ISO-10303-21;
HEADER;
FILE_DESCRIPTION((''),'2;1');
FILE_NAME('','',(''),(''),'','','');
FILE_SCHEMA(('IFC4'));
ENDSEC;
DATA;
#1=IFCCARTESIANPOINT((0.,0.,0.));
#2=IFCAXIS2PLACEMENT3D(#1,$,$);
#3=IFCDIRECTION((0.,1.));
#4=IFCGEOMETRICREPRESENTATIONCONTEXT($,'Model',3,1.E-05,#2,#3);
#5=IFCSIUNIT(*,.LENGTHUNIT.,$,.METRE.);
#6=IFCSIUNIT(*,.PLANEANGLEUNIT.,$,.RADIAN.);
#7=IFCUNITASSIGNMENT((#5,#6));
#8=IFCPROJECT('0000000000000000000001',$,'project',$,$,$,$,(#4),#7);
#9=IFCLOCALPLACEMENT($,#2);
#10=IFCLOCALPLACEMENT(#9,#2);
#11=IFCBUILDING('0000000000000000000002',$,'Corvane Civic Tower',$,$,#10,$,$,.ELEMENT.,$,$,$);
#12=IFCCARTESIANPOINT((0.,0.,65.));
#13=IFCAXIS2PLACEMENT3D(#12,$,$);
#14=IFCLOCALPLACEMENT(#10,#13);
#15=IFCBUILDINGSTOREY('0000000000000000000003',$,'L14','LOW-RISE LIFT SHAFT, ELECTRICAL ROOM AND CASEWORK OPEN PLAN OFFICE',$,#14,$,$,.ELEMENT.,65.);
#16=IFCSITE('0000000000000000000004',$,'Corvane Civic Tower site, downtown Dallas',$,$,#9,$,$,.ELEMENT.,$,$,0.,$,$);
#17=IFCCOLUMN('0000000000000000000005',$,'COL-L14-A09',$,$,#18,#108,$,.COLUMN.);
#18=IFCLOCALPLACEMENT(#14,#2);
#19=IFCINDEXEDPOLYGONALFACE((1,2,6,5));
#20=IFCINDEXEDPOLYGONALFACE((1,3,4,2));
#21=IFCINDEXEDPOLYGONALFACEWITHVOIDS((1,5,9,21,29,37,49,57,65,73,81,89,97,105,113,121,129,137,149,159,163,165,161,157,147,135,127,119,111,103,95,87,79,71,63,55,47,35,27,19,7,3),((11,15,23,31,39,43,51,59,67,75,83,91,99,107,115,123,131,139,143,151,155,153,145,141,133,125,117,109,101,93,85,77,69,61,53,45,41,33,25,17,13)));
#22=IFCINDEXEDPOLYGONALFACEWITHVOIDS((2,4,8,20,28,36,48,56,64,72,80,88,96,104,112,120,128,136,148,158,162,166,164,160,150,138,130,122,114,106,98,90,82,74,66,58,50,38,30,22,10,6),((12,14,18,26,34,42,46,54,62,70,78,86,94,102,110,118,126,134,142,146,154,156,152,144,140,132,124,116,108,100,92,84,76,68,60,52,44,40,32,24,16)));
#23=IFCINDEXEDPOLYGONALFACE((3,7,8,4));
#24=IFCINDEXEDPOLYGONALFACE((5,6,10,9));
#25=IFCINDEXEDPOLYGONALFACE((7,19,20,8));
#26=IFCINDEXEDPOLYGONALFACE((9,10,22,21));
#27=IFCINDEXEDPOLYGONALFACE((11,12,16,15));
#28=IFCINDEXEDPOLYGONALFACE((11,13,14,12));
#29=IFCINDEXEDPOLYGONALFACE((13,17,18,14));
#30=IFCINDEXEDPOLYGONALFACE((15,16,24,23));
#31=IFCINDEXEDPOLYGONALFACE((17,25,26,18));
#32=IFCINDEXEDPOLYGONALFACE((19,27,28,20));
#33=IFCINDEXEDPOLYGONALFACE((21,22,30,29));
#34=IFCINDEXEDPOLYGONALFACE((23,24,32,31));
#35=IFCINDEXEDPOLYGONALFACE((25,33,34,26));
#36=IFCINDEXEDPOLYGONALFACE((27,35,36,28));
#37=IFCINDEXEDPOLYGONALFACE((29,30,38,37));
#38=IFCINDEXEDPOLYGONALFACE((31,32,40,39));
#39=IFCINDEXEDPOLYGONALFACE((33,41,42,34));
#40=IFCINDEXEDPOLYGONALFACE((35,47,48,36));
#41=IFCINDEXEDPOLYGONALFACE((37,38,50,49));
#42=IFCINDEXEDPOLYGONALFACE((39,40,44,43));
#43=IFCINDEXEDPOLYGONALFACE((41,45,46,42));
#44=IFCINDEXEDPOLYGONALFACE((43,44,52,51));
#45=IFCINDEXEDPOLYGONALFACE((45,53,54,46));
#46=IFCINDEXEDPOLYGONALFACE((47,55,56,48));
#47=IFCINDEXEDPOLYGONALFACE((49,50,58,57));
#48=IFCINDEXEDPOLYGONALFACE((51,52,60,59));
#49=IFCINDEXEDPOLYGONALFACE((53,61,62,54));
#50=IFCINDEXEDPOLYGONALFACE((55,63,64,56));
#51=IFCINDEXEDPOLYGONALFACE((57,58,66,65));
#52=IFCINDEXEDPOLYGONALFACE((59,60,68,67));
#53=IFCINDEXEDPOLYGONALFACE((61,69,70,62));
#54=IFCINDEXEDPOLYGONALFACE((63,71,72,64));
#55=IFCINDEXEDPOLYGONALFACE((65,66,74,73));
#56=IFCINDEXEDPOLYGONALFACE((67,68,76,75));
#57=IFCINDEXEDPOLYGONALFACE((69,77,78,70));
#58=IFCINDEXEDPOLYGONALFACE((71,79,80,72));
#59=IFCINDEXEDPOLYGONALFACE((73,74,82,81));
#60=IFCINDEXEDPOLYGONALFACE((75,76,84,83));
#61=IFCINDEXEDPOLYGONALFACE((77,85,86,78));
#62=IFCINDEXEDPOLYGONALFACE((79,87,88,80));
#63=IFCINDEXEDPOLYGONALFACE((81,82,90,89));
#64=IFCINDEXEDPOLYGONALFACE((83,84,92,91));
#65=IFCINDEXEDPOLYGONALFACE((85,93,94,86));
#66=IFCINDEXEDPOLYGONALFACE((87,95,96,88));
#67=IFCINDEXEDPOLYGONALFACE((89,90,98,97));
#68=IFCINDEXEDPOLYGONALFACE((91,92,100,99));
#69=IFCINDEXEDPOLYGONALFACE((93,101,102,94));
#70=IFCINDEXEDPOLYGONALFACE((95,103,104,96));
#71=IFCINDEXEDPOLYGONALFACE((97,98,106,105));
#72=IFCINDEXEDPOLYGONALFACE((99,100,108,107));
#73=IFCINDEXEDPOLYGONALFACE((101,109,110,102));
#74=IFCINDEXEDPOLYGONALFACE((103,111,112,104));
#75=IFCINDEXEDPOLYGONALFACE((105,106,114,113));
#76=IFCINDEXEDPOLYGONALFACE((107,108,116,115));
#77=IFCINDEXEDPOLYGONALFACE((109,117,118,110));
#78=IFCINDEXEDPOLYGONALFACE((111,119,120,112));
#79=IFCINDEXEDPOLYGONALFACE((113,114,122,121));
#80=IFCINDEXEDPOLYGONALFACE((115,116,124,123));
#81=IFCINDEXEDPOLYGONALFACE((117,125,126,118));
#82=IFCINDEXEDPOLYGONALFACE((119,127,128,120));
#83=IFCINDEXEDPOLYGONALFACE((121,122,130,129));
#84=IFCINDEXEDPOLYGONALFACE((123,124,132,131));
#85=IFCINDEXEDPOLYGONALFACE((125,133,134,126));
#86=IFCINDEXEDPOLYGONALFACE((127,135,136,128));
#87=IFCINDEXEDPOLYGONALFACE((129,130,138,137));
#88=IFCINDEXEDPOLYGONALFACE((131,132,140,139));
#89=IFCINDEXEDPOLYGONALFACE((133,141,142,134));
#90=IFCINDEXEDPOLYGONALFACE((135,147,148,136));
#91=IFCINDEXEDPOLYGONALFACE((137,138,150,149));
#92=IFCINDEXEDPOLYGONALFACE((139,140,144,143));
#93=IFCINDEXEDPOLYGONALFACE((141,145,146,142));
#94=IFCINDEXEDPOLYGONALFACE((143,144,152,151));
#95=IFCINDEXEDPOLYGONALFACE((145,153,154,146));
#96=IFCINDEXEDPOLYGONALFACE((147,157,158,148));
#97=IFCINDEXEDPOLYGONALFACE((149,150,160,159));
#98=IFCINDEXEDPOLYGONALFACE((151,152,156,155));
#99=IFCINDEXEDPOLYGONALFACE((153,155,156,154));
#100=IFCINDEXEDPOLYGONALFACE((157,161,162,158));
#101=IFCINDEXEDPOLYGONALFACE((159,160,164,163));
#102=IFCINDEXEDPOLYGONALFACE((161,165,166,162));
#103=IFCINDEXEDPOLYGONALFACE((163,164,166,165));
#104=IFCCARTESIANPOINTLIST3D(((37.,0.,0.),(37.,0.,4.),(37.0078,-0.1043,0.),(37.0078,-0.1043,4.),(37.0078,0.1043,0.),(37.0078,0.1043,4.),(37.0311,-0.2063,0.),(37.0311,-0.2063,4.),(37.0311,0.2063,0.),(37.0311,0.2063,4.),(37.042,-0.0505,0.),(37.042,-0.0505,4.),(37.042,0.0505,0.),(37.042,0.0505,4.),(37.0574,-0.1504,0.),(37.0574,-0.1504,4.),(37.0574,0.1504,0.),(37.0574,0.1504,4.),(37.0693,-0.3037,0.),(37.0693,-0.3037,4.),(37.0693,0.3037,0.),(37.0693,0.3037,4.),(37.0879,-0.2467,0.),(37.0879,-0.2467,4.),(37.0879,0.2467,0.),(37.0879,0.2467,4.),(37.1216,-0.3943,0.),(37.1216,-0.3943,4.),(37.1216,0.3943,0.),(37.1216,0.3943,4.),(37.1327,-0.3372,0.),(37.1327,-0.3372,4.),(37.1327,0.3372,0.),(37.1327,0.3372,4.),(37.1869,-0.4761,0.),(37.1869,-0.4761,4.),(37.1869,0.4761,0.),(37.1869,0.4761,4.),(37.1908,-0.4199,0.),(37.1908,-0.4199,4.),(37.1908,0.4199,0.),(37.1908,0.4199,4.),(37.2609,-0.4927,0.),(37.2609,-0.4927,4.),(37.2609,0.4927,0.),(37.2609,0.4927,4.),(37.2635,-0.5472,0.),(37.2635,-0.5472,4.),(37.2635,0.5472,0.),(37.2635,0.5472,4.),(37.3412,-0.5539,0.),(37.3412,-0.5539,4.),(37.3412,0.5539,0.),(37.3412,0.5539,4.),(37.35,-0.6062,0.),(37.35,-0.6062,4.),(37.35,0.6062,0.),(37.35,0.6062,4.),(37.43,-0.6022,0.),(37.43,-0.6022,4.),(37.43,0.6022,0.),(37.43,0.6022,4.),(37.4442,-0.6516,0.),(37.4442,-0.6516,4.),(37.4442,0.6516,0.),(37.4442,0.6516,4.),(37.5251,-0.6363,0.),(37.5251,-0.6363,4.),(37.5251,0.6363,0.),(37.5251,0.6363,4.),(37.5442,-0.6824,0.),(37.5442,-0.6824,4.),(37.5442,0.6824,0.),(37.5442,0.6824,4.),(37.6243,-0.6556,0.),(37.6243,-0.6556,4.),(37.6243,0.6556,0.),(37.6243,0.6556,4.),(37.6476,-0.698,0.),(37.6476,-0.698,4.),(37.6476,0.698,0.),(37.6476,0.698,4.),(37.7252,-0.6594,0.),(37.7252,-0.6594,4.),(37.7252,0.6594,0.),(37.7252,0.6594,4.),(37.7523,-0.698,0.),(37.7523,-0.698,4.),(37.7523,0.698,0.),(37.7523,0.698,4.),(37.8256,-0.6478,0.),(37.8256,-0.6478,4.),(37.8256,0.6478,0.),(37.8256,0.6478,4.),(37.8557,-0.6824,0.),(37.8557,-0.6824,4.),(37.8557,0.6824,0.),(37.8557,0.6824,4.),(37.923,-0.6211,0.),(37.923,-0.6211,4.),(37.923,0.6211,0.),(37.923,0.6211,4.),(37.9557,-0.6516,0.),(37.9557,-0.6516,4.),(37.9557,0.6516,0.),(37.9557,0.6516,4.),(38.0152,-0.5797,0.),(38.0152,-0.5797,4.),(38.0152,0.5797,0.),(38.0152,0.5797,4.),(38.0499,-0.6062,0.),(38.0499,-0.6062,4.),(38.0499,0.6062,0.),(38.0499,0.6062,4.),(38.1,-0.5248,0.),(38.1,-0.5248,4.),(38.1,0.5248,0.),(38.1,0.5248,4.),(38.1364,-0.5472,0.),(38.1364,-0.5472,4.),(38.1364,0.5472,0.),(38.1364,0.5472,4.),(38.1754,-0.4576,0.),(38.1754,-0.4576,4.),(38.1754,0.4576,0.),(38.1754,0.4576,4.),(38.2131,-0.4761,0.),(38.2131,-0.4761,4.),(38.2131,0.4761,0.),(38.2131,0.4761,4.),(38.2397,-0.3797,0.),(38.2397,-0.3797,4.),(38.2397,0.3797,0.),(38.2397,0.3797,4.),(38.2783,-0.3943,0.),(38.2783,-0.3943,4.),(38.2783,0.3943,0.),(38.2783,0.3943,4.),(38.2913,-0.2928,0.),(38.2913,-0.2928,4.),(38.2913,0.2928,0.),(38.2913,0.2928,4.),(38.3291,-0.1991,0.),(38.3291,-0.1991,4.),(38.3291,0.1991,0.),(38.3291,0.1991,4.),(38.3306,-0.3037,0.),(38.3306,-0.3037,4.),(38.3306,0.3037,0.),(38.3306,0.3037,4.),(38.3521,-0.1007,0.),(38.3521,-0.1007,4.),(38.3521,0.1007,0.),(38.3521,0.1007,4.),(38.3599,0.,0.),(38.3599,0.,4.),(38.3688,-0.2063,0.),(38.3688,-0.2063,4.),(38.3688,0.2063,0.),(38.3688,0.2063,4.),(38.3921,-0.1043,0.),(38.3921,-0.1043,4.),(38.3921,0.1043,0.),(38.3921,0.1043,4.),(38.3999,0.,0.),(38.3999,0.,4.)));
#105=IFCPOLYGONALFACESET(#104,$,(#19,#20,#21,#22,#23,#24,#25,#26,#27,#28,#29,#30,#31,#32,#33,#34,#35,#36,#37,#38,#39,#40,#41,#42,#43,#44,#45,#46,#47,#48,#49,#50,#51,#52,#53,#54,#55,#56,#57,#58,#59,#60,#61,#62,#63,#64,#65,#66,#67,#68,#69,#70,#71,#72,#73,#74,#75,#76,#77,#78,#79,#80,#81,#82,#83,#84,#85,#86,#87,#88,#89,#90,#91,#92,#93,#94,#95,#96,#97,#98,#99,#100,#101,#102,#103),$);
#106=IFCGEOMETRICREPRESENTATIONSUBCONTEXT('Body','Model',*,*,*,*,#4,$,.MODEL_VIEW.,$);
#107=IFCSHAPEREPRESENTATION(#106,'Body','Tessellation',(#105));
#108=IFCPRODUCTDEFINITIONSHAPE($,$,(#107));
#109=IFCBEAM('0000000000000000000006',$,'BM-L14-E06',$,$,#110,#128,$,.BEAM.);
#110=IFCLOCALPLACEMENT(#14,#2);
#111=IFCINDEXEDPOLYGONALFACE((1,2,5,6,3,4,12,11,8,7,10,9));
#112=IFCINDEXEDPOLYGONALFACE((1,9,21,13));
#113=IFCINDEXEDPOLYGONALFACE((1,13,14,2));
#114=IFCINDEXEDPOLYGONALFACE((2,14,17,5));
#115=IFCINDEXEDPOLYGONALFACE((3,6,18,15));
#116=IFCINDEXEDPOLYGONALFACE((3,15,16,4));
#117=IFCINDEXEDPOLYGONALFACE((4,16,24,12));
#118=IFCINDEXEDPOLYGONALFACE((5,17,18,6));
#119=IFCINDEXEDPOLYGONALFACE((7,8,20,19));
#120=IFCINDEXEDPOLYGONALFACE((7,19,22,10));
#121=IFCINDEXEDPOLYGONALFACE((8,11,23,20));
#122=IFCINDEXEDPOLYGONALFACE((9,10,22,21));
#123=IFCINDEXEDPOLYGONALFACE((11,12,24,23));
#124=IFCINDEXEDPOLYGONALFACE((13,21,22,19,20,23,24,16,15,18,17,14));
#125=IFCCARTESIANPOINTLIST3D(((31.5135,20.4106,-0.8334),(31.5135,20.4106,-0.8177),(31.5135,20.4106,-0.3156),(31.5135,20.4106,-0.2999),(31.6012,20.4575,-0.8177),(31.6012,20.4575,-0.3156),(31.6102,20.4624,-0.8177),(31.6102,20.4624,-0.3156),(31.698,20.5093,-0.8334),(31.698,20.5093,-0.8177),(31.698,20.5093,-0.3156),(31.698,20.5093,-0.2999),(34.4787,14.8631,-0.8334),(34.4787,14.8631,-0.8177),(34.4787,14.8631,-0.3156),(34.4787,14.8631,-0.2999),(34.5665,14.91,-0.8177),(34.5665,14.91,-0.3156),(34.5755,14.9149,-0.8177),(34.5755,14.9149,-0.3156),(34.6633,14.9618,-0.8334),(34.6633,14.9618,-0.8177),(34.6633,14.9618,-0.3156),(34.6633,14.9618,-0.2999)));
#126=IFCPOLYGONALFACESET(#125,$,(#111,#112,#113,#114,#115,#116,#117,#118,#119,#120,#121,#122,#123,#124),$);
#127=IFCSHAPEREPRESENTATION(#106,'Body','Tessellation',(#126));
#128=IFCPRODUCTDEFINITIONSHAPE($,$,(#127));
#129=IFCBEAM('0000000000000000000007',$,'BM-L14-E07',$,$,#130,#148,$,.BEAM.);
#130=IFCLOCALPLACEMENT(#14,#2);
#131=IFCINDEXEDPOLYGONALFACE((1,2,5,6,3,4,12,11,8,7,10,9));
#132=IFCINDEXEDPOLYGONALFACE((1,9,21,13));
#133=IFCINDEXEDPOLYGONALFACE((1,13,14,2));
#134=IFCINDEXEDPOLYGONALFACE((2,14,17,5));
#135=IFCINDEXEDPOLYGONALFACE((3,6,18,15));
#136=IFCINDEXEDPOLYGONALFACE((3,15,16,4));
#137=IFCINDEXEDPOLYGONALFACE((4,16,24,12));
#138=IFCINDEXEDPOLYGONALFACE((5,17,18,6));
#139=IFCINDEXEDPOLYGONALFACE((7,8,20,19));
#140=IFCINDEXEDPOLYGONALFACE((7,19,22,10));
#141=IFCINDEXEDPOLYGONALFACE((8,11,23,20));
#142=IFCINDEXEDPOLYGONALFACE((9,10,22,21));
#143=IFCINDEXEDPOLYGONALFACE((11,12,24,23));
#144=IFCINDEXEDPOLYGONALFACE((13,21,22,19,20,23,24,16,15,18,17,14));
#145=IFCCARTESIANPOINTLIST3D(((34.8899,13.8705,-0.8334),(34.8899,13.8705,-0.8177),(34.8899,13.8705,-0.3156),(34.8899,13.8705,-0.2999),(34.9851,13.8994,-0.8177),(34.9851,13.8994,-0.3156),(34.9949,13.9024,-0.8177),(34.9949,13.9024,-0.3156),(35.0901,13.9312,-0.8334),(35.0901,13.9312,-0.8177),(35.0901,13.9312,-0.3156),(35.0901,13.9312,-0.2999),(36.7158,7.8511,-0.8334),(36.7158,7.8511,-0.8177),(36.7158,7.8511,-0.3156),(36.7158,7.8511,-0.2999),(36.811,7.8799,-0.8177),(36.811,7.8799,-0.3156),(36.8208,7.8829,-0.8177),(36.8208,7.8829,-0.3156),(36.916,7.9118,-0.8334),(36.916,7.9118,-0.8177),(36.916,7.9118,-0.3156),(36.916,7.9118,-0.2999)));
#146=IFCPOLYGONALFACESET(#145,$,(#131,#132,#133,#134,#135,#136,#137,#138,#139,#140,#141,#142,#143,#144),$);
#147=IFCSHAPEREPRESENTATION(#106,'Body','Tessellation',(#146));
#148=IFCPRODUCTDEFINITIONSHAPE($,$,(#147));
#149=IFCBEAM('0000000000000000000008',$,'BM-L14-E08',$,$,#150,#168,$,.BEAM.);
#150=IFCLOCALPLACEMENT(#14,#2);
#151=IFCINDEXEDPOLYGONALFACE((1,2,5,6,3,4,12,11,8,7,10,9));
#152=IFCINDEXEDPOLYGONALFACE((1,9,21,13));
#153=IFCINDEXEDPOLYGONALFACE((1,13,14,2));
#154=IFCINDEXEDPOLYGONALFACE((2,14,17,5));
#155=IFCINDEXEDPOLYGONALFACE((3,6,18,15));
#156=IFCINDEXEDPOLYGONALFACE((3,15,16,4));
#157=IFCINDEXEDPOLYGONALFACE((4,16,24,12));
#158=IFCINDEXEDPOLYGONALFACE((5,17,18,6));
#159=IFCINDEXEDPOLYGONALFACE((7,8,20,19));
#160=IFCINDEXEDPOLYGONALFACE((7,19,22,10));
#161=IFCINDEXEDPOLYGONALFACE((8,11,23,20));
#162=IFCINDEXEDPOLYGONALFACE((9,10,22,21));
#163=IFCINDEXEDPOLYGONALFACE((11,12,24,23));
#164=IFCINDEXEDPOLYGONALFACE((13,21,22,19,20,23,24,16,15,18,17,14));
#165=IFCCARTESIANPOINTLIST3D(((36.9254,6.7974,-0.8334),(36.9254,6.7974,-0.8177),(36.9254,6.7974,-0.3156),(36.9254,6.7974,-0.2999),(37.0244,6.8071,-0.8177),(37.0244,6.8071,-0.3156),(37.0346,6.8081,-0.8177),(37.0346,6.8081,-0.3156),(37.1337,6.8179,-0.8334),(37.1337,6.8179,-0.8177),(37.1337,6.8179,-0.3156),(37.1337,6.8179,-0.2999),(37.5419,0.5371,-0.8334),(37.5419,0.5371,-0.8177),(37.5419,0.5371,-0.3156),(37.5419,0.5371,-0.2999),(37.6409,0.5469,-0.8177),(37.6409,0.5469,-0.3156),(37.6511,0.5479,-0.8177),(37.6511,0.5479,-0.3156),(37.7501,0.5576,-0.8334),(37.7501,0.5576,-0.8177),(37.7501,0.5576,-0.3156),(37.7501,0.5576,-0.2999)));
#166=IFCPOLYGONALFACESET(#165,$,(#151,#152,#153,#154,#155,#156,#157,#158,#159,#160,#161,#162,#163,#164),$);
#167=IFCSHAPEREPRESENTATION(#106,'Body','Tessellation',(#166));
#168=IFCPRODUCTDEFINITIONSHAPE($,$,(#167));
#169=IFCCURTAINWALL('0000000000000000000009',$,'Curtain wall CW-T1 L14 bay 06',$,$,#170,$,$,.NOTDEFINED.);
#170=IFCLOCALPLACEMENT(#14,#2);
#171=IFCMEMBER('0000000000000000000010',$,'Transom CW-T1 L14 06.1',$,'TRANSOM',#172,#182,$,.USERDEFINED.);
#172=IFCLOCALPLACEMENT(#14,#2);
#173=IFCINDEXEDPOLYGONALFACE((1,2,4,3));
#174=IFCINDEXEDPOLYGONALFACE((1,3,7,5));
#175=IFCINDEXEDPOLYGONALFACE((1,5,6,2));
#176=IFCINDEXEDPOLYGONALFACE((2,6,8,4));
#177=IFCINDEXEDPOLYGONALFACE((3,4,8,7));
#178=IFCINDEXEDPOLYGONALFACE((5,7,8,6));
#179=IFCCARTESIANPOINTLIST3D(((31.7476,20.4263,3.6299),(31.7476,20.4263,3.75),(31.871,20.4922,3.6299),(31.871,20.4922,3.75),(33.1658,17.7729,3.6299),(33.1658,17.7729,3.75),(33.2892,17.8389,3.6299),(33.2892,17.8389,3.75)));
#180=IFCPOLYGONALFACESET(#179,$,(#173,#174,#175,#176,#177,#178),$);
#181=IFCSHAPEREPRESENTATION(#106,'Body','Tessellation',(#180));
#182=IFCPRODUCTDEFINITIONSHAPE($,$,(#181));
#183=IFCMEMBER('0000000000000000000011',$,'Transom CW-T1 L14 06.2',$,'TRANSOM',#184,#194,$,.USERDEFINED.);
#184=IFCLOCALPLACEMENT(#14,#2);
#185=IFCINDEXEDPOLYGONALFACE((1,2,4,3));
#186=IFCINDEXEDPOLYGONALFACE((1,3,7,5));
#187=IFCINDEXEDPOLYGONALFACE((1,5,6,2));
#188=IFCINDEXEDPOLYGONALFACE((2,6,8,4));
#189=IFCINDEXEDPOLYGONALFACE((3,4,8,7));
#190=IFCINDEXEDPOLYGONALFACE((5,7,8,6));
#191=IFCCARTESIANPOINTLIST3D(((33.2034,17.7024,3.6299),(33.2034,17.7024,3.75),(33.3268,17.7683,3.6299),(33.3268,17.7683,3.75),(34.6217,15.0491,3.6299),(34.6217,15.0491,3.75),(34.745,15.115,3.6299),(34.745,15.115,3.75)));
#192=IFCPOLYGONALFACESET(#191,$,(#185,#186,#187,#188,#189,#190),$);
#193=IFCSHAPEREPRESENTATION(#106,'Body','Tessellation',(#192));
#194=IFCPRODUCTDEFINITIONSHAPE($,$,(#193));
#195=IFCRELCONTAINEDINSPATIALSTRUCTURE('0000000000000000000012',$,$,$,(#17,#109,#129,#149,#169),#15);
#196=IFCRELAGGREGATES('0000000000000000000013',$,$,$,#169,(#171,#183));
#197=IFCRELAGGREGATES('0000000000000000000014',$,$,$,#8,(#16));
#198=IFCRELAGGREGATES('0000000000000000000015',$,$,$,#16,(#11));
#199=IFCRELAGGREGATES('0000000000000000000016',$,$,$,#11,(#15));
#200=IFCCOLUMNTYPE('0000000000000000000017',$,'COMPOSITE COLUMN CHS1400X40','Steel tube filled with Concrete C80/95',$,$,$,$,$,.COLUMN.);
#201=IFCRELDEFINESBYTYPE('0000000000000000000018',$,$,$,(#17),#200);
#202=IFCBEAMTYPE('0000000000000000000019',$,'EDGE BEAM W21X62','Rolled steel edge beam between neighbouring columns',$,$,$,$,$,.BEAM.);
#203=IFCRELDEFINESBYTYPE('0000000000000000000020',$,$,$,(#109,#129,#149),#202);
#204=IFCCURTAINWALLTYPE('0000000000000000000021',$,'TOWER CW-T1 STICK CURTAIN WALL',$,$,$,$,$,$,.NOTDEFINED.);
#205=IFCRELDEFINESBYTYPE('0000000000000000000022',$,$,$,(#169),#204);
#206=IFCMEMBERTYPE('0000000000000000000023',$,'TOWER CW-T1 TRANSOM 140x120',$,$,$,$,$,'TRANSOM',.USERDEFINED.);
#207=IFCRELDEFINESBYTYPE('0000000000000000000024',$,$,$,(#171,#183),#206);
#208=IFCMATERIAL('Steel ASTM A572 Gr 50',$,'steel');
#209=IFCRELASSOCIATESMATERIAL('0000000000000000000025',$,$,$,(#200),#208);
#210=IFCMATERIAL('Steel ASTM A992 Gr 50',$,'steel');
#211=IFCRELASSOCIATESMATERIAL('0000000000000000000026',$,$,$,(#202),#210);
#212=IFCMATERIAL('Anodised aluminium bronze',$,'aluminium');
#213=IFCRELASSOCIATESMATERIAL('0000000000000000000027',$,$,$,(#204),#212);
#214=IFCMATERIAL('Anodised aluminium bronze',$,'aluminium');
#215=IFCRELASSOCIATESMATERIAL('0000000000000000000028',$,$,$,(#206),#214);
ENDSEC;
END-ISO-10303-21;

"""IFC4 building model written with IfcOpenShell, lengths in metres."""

from ifc_helpers import new_model, si_unit, direction, frame, origin, origin_2d, place, context, subcontext, project, spatial, rectangle, hollow_circle, i_section, extrude, material, material_profile, profile_set, type_object, element, aggregate, save


model = new_model("IFC4")

# Units and contexts
model_context = context("Model", 3, precision=1e-05, world=origin(), true_north=direction((0.0, 1.0)))
body_context = subcontext(model_context, "Body", "Model", "MODEL_VIEW")
ifc_project = project(units=[si_unit("LENGTHUNIT", "METRE"), si_unit("PLANEANGLEUNIT", "RADIAN")], contexts=[model_context])

# Site, building, storey
site_placement = place(None, origin())
site = spatial("IfcSite", under=ifc_project, at=site_placement, Name="Corvane Civic Tower site, downtown Dallas", CompositionType="ELEMENT", RefElevation=0.0)
building_placement = place(site_placement, origin())
building = spatial("IfcBuilding", under=site, at=building_placement, Name="Corvane Civic Tower", CompositionType="ELEMENT")
storey_placement = place(building_placement, frame((0.0, 0.0, 65.0)))
storey = spatial("IfcBuildingStorey", under=building, at=storey_placement, Name="L14", Description="LOW-RISE LIFT SHAFT, ELECTRICAL ROOM AND CASEWORK OPEN PLAN OFFICE", CompositionType="ELEMENT", Elevation=65.0)

# Column
ifc_material_1 = material(Name="Steel ASTM A572 Gr 50", Category="steel")
ifc_material_profile_1 = material_profile(ifc_material_1, hollow_circle(Radius=0.7, WallThickness=0.04, at=origin_2d()), Name="CHS1400X40")
ifc_profile_set_1 = profile_set([ifc_material_profile_1], Name="Steel ASTM A572 Gr 50")
column_type = type_object("IfcColumnType", Name="COMPOSITE COLUMN CHS1400X40", Description="Steel tube filled with Concrete C80/95", PredefinedType="COLUMN", material=ifc_profile_set_1)
for number, where, z_axis, x_axis, name in (
    (1, (37.7, 0.0, 0.0), (0.0, 0.0, 1.0), (1.0, 0.0, 0.0), "COL-L14-A09"),
):
    element("IfcColumn", number, at=place(storey_placement, frame(where, z_axis=z_axis, x_axis=x_axis)), inside=storey, type_object=column_type, Name=name, PredefinedType="COLUMN", context=body_context, shape_type="SweptSolid", body=[
        extrude(hollow_circle(Radius=0.7, WallThickness=0.04, at=origin_2d()), origin(), (0.0, 0.0, 1.0), 4.0),
    ])

# Beams
ifc_material_2 = material(Name="Steel ASTM A992 Gr 50", Category="steel")
ifc_material_profile_2 = material_profile(ifc_material_2, i_section(OverallWidth=0.2092, OverallDepth=0.5334, WebThickness=0.0103, FlangeThickness=0.0156, at=origin_2d()), Name="W21X62")
ifc_profile_set_2 = profile_set([ifc_material_profile_2], Name="Steel ASTM A992 Gr 50")
beam_type = type_object("IfcBeamType", Name="EDGE BEAM W21X62", Description="Rolled steel edge beam between neighbouring columns", PredefinedType="BEAM", material=ifc_profile_set_2)
for number, where, z_axis, x_axis, name in (
    (2, (31.6057, 20.46, -0.5667), (0.471406, -0.881916, 0.0), (0.881916, 0.471406, 0.0), "BM-L14-E06"),
    (3, (34.99, 13.9009, -0.5667), (0.290273, -0.956944, 0.0), (0.956944, 0.290273, 0.0), "BM-L14-E07"),
):
    element("IfcBeam", number, at=place(storey_placement, frame(where, z_axis=z_axis, x_axis=x_axis)), inside=storey, type_object=beam_type, Name=name, PredefinedType="BEAM", context=body_context, shape_type="SweptSolid", body=[
        extrude(i_section(OverallWidth=0.2092, OverallDepth=0.5334, WebThickness=0.0103, FlangeThickness=0.0156, at=origin_2d()), origin(), (0.0, 0.0, 1.0), 6.2903),
    ])
beam_placement = place(storey_placement, frame((37.0295, 6.8076, -0.5667), z_axis=(0.097997, -0.995187, 0.0), x_axis=(0.995187, 0.097997, 0.0)))
element("IfcBeam", 4, at=beam_placement, inside=storey, type_object=beam_type, Name="BM-L14-E08", PredefinedType="BEAM", context=body_context, shape_type="SweptSolid", body=[
    extrude(i_section(OverallWidth=0.2092, OverallDepth=0.5334, WebThickness=0.0103, FlangeThickness=0.0156, at=origin_2d()), origin(), (0.0, 0.0, 1.0), 6.2905),
])

# Curtain wall, members
ifc_material_3 = material(Name="Anodised aluminium bronze", Category="aluminium")
curtain_wall_type = type_object("IfcCurtainWallType", Name="TOWER CW-T1 STICK CURTAIN WALL", PredefinedType="NOTDEFINED", material=ifc_material_3)
curtain_wall_1_placement = place(storey_placement, origin())
curtain_wall_1 = element("IfcCurtainWall", 5, at=curtain_wall_1_placement, inside=storey, type_object=curtain_wall_type, Name="Curtain wall CW-T1 L14 bay 06", PredefinedType="NOTDEFINED")
ifc_material_4 = material(Name="Anodised aluminium bronze", Category="aluminium")
ifc_material_profile_3 = material_profile(ifc_material_4, rectangle(XDim=0.1399, YDim=0.1201, at=origin_2d()), Name="TOWER CW-T1 TRANSOM 140x120")
ifc_profile_set_3 = profile_set([ifc_material_profile_3], Name="Anodised aluminium bronze")
member_type_1 = type_object("IfcMemberType", Name="TOWER CW-T1 TRANSOM 140x120", ElementType="TRANSOM", PredefinedType="USERDEFINED", material=ifc_profile_set_3)
member_1_placement = place(storey_placement, frame((31.8093, 20.4592, 3.6899), z_axis=(0.471393, -0.881924, 0.0), x_axis=(0.881924, 0.471393, 0.0)))
member_1 = element("IfcMember", 6, at=member_1_placement, type_object=member_type_1, Name="Transom CW-T1 L14 06.1", ObjectType="TRANSOM", PredefinedType="USERDEFINED", context=body_context, shape_type="SweptSolid", body=[
    extrude(rectangle(XDim=0.1399, YDim=0.1201, at=origin_2d()), origin(), (0.0, 0.0, 1.0), 3.0085),
])
member_2_placement = place(storey_placement, frame((33.2651, 17.7354, 3.6899), z_axis=(0.471393, -0.881924, 0.0), x_axis=(0.881924, 0.471393, 0.0)))
member_2 = element("IfcMember", 7, at=member_2_placement, type_object=member_type_1, Name="Transom CW-T1 L14 06.2", ObjectType="TRANSOM", PredefinedType="USERDEFINED", context=body_context, shape_type="SweptSolid", body=[
    extrude(rectangle(XDim=0.1399, YDim=0.1201, at=origin_2d()), origin(), (0.0, 0.0, 1.0), 3.0085),
])

aggregate(curtain_wall_1, [member_1, member_2])

save(model, "model.ifc")
